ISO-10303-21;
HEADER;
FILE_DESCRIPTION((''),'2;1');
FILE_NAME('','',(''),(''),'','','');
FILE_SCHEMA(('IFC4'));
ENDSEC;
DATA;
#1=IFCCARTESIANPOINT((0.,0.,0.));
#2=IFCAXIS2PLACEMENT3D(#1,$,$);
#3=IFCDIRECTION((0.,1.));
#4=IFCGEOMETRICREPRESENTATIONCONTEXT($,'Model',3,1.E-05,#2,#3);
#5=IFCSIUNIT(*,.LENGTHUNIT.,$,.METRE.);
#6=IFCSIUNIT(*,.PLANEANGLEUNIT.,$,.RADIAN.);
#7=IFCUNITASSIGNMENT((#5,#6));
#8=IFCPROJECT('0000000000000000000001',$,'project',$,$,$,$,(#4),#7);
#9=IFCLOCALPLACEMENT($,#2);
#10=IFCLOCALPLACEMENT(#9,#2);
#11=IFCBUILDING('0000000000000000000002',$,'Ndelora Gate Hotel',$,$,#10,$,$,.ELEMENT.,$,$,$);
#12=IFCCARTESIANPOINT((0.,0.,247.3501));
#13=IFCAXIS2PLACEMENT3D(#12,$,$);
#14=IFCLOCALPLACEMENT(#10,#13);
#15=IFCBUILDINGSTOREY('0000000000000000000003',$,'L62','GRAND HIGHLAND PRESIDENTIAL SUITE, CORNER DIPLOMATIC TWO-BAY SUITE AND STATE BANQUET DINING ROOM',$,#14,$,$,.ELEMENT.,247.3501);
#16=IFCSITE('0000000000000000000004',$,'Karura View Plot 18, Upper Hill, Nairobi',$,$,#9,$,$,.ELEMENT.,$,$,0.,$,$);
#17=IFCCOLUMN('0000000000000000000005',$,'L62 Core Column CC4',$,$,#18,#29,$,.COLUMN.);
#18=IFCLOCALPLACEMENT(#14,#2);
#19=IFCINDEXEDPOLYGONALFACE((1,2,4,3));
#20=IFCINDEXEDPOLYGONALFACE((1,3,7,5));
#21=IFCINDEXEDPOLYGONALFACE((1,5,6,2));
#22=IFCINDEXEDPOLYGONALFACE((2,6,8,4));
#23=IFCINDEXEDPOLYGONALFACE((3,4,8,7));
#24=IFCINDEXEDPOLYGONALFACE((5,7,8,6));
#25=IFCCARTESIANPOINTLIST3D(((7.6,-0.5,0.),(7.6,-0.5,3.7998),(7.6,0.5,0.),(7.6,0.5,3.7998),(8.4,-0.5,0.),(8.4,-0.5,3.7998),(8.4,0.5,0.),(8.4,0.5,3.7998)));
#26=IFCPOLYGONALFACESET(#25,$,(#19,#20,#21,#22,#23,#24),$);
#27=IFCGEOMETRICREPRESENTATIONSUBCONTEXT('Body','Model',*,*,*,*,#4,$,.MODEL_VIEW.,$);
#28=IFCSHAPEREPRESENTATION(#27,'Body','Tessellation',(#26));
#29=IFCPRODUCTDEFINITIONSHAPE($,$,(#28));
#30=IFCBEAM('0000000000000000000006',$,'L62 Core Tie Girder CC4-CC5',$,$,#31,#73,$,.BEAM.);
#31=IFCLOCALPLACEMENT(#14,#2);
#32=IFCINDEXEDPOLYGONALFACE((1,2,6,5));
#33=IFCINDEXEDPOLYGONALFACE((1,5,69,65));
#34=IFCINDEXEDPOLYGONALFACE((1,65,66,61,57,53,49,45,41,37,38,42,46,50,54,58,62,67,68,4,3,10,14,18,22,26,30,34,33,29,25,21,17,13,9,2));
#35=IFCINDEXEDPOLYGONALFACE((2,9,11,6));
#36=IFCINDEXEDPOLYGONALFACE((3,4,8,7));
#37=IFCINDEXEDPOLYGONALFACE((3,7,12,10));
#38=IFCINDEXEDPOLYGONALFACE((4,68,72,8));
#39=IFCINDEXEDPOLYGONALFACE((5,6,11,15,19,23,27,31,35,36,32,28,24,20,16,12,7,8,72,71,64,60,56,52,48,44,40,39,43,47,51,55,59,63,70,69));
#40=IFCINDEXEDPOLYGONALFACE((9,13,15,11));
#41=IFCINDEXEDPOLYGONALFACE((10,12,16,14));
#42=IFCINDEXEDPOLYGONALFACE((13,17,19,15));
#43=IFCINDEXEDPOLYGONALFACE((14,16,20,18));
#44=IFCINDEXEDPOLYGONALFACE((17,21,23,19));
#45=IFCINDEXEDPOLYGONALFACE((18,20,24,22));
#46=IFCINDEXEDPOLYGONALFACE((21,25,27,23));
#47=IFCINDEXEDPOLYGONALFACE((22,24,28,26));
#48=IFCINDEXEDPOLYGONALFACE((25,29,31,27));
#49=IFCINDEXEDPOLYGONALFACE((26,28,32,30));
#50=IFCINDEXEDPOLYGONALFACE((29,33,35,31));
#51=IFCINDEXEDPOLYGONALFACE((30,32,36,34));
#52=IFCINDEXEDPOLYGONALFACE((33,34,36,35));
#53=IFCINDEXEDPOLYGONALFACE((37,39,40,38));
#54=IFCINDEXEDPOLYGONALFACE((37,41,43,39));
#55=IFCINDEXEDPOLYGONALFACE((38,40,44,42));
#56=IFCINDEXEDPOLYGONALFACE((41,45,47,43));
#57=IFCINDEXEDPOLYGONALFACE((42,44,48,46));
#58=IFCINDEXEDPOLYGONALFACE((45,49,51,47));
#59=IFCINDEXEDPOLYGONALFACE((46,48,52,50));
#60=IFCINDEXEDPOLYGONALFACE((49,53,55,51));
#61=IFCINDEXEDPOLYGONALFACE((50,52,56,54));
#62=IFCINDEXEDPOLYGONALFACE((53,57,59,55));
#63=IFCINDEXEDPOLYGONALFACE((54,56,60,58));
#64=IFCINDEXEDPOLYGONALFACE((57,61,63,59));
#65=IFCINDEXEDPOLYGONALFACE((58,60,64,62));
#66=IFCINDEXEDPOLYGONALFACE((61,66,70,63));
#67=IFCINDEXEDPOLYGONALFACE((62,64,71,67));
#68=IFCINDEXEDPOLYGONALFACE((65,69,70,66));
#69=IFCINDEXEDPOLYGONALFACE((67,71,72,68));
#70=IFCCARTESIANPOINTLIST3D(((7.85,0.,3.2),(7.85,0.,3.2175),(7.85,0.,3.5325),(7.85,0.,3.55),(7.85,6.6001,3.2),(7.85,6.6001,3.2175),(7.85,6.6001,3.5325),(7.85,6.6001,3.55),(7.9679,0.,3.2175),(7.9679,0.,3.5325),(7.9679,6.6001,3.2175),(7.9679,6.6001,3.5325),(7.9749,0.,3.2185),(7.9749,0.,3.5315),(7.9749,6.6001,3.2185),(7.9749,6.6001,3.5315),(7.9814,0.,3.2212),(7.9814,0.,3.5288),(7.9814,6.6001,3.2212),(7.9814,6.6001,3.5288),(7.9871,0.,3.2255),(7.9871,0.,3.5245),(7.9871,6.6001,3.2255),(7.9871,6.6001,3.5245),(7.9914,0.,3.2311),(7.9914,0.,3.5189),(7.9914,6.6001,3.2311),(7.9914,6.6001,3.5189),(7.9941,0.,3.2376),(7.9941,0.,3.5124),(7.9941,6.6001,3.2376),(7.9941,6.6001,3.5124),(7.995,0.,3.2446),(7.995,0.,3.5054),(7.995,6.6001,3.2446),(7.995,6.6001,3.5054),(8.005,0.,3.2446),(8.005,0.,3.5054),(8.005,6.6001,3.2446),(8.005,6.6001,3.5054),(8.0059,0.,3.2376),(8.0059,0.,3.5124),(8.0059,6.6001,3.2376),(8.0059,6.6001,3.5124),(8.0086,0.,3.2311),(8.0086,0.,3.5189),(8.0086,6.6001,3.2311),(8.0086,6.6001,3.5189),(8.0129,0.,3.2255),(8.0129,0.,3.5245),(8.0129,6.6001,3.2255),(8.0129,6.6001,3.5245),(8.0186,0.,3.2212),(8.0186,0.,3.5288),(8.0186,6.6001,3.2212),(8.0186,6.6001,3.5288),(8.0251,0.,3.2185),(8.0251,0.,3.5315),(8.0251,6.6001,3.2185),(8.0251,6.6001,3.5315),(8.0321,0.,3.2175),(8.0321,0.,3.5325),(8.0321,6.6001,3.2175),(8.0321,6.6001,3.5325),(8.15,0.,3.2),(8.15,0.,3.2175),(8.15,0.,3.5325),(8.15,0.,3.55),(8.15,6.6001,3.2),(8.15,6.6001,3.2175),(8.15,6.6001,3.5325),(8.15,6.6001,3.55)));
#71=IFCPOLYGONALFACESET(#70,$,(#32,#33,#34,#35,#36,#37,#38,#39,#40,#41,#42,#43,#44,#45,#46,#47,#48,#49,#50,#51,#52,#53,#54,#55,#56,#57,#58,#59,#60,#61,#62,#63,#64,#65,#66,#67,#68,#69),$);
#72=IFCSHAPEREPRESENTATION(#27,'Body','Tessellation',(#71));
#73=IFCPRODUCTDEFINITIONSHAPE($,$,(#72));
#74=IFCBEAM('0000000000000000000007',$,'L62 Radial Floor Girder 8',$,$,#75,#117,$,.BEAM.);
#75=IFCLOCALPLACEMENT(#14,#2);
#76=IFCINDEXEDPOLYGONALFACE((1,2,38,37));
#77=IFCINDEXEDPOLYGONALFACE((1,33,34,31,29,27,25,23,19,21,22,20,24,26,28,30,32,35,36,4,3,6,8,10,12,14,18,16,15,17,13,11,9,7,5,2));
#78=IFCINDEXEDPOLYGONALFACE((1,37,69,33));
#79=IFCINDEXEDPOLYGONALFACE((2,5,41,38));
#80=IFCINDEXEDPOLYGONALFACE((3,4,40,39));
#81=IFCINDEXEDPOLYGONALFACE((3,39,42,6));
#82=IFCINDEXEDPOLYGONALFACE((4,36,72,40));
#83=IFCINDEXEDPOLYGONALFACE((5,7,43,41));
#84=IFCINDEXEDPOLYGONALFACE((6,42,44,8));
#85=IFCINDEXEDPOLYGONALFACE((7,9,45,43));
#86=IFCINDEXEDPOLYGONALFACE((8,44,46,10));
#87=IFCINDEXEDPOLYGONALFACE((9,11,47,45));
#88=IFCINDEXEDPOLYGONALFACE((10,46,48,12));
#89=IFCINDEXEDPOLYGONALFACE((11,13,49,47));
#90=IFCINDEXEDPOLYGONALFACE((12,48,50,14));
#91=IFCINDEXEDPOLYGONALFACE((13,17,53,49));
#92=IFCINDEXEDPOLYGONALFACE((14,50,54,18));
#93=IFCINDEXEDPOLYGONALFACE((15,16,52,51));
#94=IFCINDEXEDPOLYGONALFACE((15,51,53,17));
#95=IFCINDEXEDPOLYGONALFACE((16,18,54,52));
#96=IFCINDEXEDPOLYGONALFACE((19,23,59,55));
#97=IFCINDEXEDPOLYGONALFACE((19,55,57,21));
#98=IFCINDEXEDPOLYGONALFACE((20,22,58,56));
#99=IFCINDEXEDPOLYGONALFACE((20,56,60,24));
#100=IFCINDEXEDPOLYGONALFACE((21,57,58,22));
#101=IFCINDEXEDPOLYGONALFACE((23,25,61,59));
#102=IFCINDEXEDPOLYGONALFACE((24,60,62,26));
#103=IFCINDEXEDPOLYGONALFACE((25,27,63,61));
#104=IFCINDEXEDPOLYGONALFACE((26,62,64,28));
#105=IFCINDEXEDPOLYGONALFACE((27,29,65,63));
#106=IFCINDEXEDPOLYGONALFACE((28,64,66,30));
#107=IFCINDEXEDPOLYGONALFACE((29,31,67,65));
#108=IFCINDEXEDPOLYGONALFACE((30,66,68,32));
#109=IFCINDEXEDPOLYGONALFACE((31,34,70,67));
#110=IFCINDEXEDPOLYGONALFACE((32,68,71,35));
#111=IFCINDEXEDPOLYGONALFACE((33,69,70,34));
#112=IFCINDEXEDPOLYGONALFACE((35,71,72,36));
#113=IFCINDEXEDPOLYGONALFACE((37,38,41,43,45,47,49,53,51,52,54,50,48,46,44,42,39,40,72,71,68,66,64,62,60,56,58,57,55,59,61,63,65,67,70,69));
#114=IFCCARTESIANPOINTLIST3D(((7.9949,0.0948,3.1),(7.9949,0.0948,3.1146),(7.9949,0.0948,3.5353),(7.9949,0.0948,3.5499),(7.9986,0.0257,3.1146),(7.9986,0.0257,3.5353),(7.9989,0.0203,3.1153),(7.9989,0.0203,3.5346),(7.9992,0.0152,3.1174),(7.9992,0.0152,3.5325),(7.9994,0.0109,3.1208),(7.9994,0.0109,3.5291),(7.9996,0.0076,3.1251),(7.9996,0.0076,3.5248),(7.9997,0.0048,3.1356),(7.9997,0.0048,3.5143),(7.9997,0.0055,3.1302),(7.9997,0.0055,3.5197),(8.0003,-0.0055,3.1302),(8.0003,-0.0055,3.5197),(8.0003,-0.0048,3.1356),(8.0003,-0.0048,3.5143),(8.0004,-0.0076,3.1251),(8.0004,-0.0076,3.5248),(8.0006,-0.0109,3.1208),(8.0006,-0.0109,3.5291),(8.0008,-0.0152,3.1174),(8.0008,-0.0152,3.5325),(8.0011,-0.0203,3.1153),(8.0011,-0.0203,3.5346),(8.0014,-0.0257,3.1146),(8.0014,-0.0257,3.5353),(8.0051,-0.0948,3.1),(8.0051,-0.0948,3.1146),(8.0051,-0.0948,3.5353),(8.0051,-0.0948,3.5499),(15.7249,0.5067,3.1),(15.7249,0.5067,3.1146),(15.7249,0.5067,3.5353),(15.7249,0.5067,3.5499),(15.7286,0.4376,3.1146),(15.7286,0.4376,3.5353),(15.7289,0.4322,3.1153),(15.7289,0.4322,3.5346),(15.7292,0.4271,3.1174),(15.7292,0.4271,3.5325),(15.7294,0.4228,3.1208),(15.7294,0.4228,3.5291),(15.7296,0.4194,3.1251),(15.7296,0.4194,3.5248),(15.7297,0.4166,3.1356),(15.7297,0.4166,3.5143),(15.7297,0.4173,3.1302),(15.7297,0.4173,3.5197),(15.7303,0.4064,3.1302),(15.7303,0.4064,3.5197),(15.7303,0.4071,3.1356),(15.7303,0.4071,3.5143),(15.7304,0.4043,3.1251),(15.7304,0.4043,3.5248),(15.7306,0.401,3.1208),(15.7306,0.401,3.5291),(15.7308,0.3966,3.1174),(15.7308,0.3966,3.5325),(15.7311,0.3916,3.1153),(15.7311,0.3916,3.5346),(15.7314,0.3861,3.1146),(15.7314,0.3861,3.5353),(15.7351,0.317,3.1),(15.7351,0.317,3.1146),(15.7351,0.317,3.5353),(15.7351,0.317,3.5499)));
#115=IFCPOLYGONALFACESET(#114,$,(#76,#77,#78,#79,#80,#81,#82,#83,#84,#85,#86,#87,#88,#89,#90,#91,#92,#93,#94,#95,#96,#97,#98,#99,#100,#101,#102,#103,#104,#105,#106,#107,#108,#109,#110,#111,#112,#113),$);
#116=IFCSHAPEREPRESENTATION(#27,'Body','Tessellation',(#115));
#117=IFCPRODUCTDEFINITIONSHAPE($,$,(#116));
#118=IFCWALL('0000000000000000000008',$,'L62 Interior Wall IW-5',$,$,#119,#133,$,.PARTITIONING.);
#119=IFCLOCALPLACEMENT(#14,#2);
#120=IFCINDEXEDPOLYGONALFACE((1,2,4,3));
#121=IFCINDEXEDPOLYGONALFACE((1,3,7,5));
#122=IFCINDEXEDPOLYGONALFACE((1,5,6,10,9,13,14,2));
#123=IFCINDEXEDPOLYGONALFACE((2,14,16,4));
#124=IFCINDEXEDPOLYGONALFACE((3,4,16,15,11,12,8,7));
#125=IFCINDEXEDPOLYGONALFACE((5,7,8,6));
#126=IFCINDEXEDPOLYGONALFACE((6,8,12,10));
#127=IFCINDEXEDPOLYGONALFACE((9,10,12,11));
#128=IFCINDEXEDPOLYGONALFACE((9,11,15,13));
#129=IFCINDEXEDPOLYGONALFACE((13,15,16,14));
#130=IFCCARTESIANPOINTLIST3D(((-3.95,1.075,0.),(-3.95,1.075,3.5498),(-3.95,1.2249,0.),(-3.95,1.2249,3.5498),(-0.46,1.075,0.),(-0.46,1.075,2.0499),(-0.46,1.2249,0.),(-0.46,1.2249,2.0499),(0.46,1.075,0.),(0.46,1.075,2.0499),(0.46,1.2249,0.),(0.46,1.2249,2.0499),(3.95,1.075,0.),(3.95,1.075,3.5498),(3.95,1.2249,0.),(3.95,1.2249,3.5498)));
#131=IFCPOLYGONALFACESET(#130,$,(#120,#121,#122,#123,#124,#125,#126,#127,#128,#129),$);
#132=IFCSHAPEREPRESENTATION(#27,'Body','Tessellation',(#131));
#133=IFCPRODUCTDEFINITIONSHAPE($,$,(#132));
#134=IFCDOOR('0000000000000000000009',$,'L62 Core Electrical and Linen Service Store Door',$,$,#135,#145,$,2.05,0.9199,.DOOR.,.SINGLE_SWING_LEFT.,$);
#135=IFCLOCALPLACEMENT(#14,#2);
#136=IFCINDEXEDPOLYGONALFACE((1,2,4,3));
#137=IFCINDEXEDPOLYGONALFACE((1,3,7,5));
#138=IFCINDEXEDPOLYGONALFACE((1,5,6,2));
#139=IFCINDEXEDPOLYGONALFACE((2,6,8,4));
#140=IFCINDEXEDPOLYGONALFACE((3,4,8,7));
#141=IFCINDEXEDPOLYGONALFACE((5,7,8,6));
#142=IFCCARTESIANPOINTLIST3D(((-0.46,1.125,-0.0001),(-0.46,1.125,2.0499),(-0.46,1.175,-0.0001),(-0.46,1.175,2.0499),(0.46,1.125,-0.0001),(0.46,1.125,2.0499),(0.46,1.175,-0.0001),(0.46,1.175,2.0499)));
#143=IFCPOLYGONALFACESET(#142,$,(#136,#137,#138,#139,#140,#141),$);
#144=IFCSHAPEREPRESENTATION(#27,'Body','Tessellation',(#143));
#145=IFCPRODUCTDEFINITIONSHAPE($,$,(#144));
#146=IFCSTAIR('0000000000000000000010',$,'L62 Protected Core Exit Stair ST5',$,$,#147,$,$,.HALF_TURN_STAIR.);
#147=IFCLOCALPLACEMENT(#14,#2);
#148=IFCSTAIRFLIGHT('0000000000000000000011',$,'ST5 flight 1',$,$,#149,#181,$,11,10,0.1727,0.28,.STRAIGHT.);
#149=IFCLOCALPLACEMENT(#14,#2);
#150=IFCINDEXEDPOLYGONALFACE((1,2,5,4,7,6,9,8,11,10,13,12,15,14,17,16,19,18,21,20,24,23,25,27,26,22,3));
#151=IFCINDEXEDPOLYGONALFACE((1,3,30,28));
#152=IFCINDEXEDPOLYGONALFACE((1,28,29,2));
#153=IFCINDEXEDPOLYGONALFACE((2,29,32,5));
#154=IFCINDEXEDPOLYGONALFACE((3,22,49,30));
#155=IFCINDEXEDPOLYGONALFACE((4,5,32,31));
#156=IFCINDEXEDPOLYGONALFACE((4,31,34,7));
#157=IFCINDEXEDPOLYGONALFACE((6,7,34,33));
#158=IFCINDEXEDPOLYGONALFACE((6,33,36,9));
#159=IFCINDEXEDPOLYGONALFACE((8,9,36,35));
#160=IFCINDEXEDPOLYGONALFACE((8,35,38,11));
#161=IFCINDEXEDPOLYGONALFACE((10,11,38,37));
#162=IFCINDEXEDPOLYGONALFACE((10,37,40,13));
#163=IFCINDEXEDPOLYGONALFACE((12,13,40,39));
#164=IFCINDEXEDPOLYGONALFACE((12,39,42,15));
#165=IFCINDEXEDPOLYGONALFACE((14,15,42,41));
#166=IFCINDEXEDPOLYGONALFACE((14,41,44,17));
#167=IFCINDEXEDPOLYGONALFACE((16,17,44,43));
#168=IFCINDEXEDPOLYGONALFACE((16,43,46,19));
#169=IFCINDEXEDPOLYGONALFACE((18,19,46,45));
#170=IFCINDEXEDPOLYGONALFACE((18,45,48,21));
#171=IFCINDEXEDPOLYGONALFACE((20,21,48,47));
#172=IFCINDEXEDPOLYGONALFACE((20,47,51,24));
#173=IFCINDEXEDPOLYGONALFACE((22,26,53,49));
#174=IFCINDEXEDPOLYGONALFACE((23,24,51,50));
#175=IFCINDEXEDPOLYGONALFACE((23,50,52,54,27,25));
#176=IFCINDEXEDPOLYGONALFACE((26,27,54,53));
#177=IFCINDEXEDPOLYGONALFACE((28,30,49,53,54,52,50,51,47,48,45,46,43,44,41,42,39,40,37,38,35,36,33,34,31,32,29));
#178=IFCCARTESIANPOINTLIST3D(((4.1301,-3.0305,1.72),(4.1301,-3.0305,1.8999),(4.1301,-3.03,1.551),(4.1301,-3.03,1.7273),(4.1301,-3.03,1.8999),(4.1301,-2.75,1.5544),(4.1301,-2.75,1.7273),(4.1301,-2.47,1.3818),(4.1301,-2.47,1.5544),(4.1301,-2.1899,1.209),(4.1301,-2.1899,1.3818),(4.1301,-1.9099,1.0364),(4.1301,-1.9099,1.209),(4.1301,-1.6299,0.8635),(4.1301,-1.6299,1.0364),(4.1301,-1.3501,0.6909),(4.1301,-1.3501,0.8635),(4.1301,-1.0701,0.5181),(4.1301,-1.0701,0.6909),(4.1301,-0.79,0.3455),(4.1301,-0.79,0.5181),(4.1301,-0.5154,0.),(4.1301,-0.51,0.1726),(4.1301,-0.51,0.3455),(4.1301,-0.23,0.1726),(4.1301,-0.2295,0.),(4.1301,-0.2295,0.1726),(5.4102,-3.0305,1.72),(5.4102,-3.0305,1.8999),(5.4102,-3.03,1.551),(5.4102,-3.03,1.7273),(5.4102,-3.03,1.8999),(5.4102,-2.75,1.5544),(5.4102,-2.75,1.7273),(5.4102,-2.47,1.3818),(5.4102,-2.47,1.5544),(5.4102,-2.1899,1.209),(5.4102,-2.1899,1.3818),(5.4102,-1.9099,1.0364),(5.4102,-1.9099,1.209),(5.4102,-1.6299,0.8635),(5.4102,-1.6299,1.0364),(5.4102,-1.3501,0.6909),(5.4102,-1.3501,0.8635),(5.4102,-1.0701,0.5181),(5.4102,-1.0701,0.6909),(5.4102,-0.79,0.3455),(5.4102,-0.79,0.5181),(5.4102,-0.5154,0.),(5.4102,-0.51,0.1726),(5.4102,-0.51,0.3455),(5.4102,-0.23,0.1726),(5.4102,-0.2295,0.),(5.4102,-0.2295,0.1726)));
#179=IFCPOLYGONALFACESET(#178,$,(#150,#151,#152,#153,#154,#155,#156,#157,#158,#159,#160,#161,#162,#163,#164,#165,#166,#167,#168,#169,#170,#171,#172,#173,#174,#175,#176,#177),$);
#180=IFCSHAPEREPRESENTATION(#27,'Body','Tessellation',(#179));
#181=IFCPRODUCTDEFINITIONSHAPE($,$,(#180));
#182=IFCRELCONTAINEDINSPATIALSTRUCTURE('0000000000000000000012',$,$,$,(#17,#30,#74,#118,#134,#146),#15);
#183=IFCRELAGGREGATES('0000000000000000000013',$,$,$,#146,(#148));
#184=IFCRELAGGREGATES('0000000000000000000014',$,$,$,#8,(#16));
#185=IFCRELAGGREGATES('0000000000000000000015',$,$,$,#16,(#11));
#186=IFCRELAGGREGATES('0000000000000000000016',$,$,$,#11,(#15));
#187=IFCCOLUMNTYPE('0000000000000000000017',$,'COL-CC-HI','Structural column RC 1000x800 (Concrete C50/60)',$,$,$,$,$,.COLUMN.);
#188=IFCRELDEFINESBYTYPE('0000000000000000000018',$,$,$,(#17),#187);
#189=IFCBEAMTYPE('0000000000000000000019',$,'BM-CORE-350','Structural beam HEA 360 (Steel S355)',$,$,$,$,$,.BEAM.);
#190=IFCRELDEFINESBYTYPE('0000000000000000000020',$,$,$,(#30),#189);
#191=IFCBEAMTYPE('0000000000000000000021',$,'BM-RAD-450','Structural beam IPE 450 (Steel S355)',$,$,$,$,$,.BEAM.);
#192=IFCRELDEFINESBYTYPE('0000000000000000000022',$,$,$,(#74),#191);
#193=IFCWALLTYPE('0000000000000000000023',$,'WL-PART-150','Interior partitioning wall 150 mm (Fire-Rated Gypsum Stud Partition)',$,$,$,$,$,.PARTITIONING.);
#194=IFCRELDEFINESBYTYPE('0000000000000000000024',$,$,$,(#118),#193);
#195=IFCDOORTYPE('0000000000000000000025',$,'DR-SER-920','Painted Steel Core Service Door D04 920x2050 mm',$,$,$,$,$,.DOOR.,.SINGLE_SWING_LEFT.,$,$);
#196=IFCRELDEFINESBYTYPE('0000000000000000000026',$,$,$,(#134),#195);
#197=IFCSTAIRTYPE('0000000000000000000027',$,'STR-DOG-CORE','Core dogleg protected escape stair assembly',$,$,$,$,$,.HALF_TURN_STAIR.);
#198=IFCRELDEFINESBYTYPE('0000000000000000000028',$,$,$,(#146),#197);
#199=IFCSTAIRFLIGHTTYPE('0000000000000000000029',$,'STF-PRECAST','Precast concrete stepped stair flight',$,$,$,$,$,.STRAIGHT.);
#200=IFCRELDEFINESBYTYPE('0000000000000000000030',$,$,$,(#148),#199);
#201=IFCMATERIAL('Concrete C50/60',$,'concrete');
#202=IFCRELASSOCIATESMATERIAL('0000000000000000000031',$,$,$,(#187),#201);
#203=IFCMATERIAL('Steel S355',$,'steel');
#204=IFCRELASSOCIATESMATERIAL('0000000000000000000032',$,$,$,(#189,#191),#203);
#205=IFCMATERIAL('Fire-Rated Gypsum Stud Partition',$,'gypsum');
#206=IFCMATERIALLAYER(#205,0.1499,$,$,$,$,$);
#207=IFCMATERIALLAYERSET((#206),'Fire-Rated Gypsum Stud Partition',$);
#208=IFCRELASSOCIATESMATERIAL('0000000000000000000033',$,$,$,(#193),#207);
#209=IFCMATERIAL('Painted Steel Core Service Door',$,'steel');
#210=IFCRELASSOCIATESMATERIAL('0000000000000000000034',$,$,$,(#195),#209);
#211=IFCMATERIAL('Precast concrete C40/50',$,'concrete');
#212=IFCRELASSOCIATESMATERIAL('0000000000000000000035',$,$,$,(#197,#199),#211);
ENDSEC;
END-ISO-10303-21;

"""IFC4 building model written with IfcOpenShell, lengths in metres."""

from ifc_helpers import new_model, si_unit, direction, frame, frame_2d, origin, origin_2d, place, context, subcontext, project, spatial, polyline, rectangle, i_section, outline, extrude, material, layer, layer_set, material_profile, profile_set, type_object, element, fill, aggregate, save


model = new_model("IFC4")

# Units and contexts
model_context = context("Model", 3, precision=1e-05, world=origin(), true_north=direction((0.0, 1.0)))
body_context = subcontext(model_context, "Body", "Model", "MODEL_VIEW")
ifc_project = project(units=[si_unit("LENGTHUNIT", "METRE"), si_unit("PLANEANGLEUNIT", "RADIAN")], contexts=[model_context])

# Site, building, storey
site_placement = place(None, origin())
site = spatial("IfcSite", under=ifc_project, at=site_placement, Name="Karura View Plot 18, Upper Hill, Nairobi", CompositionType="ELEMENT", RefElevation=0.0)
building_placement = place(site_placement, origin())
building = spatial("IfcBuilding", under=site, at=building_placement, Name="Ndelora Gate Hotel", CompositionType="ELEMENT")
storey_placement = place(building_placement, frame((0.0, 0.0, 247.3501)))
storey = spatial("IfcBuildingStorey", under=building, at=storey_placement, Name="L62", Description="GRAND HIGHLAND PRESIDENTIAL SUITE, CORNER DIPLOMATIC TWO-BAY SUITE AND STATE BANQUET DINING ROOM", CompositionType="ELEMENT", Elevation=247.3501)

# Column
ifc_material_1 = material(Name="Concrete C50/60", Category="concrete")
ifc_material_profile_1 = material_profile(ifc_material_1, rectangle(XDim=0.8, YDim=1.0, at=origin_2d()), Name="RC 1000x800")
ifc_profile_set_1 = profile_set([ifc_material_profile_1], Name="Concrete C50/60")
column_type = type_object("IfcColumnType", Name="COL-CC-HI", Description="Structural column RC 1000x800 (Concrete C50/60)", PredefinedType="COLUMN", material=ifc_profile_set_1)
column_placement = place(storey_placement, frame((8.0, 0.0, 0.0), z_axis=(0.0, 0.0, 1.0), x_axis=(1.0, 0.0, 0.0)))
element("IfcColumn", 1, at=column_placement, inside=storey, type_object=column_type, Name="L62 Core Column CC4", PredefinedType="COLUMN", context=body_context, shape_type="SweptSolid", body=[
    extrude(rectangle(XDim=0.8, YDim=1.0, at=origin_2d()), origin(), (0.0, 0.0, 1.0), 3.7998),
])

# Beams
ifc_material_2 = material(Name="Steel S355", Category="steel")
ifc_material_profile_2 = material_profile(ifc_material_2, i_section(OverallWidth=0.3, OverallDepth=0.3501, WebThickness=0.01, FlangeThickness=0.0176, FilletRadius=0.0271, at=origin_2d()), Name="HEA 360")
ifc_profile_set_2 = profile_set([ifc_material_profile_2], Name="Steel S355")
beam_type_1 = type_object("IfcBeamType", Name="BM-CORE-350", Description="Structural beam HEA 360 (Steel S355)", PredefinedType="BEAM", material=ifc_profile_set_2)
beam_1_placement = place(storey_placement, frame((8.0, 0.0, 3.375), z_axis=(0.0, 1.0, 0.0), x_axis=(-1.0, 0.0, 0.0)))
element("IfcBeam", 2, at=beam_1_placement, inside=storey, type_object=beam_type_1, Name="L62 Core Tie Girder CC4-CC5", PredefinedType="BEAM", context=body_context, shape_type="SweptSolid", body=[
    extrude(i_section(OverallWidth=0.3, OverallDepth=0.3501, WebThickness=0.01, FlangeThickness=0.0176, FilletRadius=0.0271, at=origin_2d()), origin(), (0.0, 0.0, 1.0), 6.6001),
])
ifc_material_profile_3 = material_profile(ifc_material_2, i_section(OverallWidth=0.1899, OverallDepth=0.45, WebThickness=0.0095, FlangeThickness=0.0146, FilletRadius=0.021, at=origin_2d()), Name="IPE 450")
ifc_profile_set_3 = profile_set([ifc_material_profile_3], Name="Steel S355")
beam_type_2 = type_object("IfcBeamType", Name="BM-RAD-450", Description="Structural beam IPE 450 (Steel S355)", PredefinedType="BEAM", material=ifc_profile_set_3)
beam_2_placement = place(storey_placement, frame((8.0, 0.0, 3.325), z_axis=(0.998584, 0.053206, 0.0), x_axis=(-0.053206, 0.998584, 0.0)))
element("IfcBeam", 3, at=beam_2_placement, inside=storey, type_object=beam_type_2, Name="L62 Radial Floor Girder 8", PredefinedType="BEAM", context=body_context, shape_type="SweptSolid", body=[
    extrude(i_section(OverallWidth=0.1899, OverallDepth=0.45, WebThickness=0.0095, FlangeThickness=0.0146, FilletRadius=0.021, at=origin_2d()), origin(), (0.0, 0.0, 1.0), 7.741),
])

# Wall, opening, door
ifc_material_3 = material(Name="Fire-Rated Gypsum Stud Partition", Category="gypsum")
ifc_layer_1 = layer(ifc_material_3, 0.1499)
ifc_layer_set_1 = layer_set([ifc_layer_1], Name="Fire-Rated Gypsum Stud Partition")
wall_type_1 = type_object("IfcWallType", Name="WL-PART-150", Description="Interior partitioning wall 150 mm (Fire-Rated Gypsum Stud Partition)", PredefinedType="PARTITIONING", material=ifc_layer_set_1)
wall_1_placement = place(storey_placement, frame((3.95, 1.1499, 0.0), z_axis=(0.0, 0.0, 1.0), x_axis=(-1.0, 0.0, 0.0)))
wall_1 = element("IfcWall", 4, at=wall_1_placement, inside=storey, type_object=wall_type_1, Name="L62 Interior Wall IW-5", PredefinedType="PARTITIONING", context=body_context, shape_type="SweptSolid", body=[
    extrude(rectangle(XDim=7.8999, YDim=0.1499, at=frame_2d((3.95, 0.0))), origin(), (0.0, 0.0, 1.0), 3.5498),
])
opening_1_placement = place(wall_1_placement, frame((3.49, 0.0, 0.0)))
opening_1 = element("IfcOpeningElement", 5, at=opening_1_placement, cuts=wall_1, PredefinedType="OPENING", context=body_context, shape_type="SweptSolid", body=[
    extrude(rectangle(XDim=0.9199, YDim=2.05, at=frame_2d((0.46, 1.0249))), frame((0.0, 0.085, 0.0), z_axis=(0.0, -1.0, 0.0), x_axis=(1.0, 0.0, 0.0)), (0.0, 0.0, 1.0), 0.1699),
])
ifc_material_4 = material(Name="Painted Steel Core Service Door", Category="steel")
door_type_1 = type_object("IfcDoorType", Name="DR-SER-920", Description="Painted Steel Core Service Door D04 920x2050 mm", OperationType="SINGLE_SWING_LEFT", PredefinedType="DOOR", material=ifc_material_4)
door_1_placement = place(opening_1_placement, origin())
door_1 = element("IfcDoor", 6, at=door_1_placement, inside=storey, type_object=door_type_1, Name="L62 Core Electrical and Linen Service Store Door", OperationType="SINGLE_SWING_LEFT", OverallHeight=2.05, OverallWidth=0.9199, PredefinedType="DOOR", context=body_context, shape_type="SweptSolid", body=[
    extrude(rectangle(XDim=0.9199, YDim=2.05, at=frame_2d((0.46, 1.0249))), frame((0.0, 0.0249, 0.0), z_axis=(0.0, -1.0, 0.0), x_axis=(1.0, 0.0, 0.0)), (0.0, 0.0, 1.0), 0.05),
])
fill(opening_1, door_1)

# Stair, stair flight
ifc_material_5 = material(Name="Precast concrete C40/50", Category="concrete")
stair_type = type_object("IfcStairType", Name="STR-DOG-CORE", Description="Core dogleg protected escape stair assembly", PredefinedType="HALF_TURN_STAIR", material=ifc_material_5)
stair_placement = place(storey_placement, origin())
stair = element("IfcStair", 7, at=stair_placement, inside=storey, type_object=stair_type, Name="L62 Protected Core Exit Stair ST5", PredefinedType="HALF_TURN_STAIR")
stair_flight_type = type_object("IfcStairFlightType", Name="STF-PRECAST", Description="Precast concrete stepped stair flight", PredefinedType="STRAIGHT", material=ifc_material_5)
stair_flight_placement = place(storey_placement, frame((4.77, -0.23, 0.0), z_axis=(0.0, 0.0, 1.0), x_axis=(0.0, -1.0, 0.0)))
stair_flight = element("IfcStairFlight", 8, at=stair_flight_placement, type_object=stair_flight_type, Name="ST5 flight 1", NumberOfRisers=11, NumberOfTreads=10, PredefinedType="STRAIGHT", RiserHeight=0.1727, TreadLength=0.28, context=body_context, shape_type="SweptSolid", body=[
    extrude(outline(polyline([(-0.0005, 0.0), (-0.0005, 0.1726), (0.0, 0.1726), (0.28, 0.1726), (0.28, 0.3455), (0.5601, 0.3455), (0.5601, 0.5181), (0.8401, 0.5181), (0.8401, 0.6909), (1.1201, 0.6909), (1.1201, 0.8635), (1.3999, 0.8635), (1.3999, 1.0364), (1.6799, 1.0364), (1.6799, 1.209), (1.96, 1.209), (1.96, 1.3818), (2.24, 1.3818), (2.24, 1.5544), (2.52, 1.5544), (2.52, 1.7273), (2.8, 1.7273), (2.8, 1.8999), (2.8005, 1.8999), (2.8005, 1.72), (2.8, 1.551), (0.2854, 0.0), (-0.0005, 0.0)])), frame((0.0, 0.6401, 0.0), z_axis=(0.0, -1.0, 0.0), x_axis=(1.0, 0.0, 0.0)), (0.0, 0.0, 1.0), 1.28),
])
aggregate(stair, [stair_flight])

save(model, "model.ifc")
